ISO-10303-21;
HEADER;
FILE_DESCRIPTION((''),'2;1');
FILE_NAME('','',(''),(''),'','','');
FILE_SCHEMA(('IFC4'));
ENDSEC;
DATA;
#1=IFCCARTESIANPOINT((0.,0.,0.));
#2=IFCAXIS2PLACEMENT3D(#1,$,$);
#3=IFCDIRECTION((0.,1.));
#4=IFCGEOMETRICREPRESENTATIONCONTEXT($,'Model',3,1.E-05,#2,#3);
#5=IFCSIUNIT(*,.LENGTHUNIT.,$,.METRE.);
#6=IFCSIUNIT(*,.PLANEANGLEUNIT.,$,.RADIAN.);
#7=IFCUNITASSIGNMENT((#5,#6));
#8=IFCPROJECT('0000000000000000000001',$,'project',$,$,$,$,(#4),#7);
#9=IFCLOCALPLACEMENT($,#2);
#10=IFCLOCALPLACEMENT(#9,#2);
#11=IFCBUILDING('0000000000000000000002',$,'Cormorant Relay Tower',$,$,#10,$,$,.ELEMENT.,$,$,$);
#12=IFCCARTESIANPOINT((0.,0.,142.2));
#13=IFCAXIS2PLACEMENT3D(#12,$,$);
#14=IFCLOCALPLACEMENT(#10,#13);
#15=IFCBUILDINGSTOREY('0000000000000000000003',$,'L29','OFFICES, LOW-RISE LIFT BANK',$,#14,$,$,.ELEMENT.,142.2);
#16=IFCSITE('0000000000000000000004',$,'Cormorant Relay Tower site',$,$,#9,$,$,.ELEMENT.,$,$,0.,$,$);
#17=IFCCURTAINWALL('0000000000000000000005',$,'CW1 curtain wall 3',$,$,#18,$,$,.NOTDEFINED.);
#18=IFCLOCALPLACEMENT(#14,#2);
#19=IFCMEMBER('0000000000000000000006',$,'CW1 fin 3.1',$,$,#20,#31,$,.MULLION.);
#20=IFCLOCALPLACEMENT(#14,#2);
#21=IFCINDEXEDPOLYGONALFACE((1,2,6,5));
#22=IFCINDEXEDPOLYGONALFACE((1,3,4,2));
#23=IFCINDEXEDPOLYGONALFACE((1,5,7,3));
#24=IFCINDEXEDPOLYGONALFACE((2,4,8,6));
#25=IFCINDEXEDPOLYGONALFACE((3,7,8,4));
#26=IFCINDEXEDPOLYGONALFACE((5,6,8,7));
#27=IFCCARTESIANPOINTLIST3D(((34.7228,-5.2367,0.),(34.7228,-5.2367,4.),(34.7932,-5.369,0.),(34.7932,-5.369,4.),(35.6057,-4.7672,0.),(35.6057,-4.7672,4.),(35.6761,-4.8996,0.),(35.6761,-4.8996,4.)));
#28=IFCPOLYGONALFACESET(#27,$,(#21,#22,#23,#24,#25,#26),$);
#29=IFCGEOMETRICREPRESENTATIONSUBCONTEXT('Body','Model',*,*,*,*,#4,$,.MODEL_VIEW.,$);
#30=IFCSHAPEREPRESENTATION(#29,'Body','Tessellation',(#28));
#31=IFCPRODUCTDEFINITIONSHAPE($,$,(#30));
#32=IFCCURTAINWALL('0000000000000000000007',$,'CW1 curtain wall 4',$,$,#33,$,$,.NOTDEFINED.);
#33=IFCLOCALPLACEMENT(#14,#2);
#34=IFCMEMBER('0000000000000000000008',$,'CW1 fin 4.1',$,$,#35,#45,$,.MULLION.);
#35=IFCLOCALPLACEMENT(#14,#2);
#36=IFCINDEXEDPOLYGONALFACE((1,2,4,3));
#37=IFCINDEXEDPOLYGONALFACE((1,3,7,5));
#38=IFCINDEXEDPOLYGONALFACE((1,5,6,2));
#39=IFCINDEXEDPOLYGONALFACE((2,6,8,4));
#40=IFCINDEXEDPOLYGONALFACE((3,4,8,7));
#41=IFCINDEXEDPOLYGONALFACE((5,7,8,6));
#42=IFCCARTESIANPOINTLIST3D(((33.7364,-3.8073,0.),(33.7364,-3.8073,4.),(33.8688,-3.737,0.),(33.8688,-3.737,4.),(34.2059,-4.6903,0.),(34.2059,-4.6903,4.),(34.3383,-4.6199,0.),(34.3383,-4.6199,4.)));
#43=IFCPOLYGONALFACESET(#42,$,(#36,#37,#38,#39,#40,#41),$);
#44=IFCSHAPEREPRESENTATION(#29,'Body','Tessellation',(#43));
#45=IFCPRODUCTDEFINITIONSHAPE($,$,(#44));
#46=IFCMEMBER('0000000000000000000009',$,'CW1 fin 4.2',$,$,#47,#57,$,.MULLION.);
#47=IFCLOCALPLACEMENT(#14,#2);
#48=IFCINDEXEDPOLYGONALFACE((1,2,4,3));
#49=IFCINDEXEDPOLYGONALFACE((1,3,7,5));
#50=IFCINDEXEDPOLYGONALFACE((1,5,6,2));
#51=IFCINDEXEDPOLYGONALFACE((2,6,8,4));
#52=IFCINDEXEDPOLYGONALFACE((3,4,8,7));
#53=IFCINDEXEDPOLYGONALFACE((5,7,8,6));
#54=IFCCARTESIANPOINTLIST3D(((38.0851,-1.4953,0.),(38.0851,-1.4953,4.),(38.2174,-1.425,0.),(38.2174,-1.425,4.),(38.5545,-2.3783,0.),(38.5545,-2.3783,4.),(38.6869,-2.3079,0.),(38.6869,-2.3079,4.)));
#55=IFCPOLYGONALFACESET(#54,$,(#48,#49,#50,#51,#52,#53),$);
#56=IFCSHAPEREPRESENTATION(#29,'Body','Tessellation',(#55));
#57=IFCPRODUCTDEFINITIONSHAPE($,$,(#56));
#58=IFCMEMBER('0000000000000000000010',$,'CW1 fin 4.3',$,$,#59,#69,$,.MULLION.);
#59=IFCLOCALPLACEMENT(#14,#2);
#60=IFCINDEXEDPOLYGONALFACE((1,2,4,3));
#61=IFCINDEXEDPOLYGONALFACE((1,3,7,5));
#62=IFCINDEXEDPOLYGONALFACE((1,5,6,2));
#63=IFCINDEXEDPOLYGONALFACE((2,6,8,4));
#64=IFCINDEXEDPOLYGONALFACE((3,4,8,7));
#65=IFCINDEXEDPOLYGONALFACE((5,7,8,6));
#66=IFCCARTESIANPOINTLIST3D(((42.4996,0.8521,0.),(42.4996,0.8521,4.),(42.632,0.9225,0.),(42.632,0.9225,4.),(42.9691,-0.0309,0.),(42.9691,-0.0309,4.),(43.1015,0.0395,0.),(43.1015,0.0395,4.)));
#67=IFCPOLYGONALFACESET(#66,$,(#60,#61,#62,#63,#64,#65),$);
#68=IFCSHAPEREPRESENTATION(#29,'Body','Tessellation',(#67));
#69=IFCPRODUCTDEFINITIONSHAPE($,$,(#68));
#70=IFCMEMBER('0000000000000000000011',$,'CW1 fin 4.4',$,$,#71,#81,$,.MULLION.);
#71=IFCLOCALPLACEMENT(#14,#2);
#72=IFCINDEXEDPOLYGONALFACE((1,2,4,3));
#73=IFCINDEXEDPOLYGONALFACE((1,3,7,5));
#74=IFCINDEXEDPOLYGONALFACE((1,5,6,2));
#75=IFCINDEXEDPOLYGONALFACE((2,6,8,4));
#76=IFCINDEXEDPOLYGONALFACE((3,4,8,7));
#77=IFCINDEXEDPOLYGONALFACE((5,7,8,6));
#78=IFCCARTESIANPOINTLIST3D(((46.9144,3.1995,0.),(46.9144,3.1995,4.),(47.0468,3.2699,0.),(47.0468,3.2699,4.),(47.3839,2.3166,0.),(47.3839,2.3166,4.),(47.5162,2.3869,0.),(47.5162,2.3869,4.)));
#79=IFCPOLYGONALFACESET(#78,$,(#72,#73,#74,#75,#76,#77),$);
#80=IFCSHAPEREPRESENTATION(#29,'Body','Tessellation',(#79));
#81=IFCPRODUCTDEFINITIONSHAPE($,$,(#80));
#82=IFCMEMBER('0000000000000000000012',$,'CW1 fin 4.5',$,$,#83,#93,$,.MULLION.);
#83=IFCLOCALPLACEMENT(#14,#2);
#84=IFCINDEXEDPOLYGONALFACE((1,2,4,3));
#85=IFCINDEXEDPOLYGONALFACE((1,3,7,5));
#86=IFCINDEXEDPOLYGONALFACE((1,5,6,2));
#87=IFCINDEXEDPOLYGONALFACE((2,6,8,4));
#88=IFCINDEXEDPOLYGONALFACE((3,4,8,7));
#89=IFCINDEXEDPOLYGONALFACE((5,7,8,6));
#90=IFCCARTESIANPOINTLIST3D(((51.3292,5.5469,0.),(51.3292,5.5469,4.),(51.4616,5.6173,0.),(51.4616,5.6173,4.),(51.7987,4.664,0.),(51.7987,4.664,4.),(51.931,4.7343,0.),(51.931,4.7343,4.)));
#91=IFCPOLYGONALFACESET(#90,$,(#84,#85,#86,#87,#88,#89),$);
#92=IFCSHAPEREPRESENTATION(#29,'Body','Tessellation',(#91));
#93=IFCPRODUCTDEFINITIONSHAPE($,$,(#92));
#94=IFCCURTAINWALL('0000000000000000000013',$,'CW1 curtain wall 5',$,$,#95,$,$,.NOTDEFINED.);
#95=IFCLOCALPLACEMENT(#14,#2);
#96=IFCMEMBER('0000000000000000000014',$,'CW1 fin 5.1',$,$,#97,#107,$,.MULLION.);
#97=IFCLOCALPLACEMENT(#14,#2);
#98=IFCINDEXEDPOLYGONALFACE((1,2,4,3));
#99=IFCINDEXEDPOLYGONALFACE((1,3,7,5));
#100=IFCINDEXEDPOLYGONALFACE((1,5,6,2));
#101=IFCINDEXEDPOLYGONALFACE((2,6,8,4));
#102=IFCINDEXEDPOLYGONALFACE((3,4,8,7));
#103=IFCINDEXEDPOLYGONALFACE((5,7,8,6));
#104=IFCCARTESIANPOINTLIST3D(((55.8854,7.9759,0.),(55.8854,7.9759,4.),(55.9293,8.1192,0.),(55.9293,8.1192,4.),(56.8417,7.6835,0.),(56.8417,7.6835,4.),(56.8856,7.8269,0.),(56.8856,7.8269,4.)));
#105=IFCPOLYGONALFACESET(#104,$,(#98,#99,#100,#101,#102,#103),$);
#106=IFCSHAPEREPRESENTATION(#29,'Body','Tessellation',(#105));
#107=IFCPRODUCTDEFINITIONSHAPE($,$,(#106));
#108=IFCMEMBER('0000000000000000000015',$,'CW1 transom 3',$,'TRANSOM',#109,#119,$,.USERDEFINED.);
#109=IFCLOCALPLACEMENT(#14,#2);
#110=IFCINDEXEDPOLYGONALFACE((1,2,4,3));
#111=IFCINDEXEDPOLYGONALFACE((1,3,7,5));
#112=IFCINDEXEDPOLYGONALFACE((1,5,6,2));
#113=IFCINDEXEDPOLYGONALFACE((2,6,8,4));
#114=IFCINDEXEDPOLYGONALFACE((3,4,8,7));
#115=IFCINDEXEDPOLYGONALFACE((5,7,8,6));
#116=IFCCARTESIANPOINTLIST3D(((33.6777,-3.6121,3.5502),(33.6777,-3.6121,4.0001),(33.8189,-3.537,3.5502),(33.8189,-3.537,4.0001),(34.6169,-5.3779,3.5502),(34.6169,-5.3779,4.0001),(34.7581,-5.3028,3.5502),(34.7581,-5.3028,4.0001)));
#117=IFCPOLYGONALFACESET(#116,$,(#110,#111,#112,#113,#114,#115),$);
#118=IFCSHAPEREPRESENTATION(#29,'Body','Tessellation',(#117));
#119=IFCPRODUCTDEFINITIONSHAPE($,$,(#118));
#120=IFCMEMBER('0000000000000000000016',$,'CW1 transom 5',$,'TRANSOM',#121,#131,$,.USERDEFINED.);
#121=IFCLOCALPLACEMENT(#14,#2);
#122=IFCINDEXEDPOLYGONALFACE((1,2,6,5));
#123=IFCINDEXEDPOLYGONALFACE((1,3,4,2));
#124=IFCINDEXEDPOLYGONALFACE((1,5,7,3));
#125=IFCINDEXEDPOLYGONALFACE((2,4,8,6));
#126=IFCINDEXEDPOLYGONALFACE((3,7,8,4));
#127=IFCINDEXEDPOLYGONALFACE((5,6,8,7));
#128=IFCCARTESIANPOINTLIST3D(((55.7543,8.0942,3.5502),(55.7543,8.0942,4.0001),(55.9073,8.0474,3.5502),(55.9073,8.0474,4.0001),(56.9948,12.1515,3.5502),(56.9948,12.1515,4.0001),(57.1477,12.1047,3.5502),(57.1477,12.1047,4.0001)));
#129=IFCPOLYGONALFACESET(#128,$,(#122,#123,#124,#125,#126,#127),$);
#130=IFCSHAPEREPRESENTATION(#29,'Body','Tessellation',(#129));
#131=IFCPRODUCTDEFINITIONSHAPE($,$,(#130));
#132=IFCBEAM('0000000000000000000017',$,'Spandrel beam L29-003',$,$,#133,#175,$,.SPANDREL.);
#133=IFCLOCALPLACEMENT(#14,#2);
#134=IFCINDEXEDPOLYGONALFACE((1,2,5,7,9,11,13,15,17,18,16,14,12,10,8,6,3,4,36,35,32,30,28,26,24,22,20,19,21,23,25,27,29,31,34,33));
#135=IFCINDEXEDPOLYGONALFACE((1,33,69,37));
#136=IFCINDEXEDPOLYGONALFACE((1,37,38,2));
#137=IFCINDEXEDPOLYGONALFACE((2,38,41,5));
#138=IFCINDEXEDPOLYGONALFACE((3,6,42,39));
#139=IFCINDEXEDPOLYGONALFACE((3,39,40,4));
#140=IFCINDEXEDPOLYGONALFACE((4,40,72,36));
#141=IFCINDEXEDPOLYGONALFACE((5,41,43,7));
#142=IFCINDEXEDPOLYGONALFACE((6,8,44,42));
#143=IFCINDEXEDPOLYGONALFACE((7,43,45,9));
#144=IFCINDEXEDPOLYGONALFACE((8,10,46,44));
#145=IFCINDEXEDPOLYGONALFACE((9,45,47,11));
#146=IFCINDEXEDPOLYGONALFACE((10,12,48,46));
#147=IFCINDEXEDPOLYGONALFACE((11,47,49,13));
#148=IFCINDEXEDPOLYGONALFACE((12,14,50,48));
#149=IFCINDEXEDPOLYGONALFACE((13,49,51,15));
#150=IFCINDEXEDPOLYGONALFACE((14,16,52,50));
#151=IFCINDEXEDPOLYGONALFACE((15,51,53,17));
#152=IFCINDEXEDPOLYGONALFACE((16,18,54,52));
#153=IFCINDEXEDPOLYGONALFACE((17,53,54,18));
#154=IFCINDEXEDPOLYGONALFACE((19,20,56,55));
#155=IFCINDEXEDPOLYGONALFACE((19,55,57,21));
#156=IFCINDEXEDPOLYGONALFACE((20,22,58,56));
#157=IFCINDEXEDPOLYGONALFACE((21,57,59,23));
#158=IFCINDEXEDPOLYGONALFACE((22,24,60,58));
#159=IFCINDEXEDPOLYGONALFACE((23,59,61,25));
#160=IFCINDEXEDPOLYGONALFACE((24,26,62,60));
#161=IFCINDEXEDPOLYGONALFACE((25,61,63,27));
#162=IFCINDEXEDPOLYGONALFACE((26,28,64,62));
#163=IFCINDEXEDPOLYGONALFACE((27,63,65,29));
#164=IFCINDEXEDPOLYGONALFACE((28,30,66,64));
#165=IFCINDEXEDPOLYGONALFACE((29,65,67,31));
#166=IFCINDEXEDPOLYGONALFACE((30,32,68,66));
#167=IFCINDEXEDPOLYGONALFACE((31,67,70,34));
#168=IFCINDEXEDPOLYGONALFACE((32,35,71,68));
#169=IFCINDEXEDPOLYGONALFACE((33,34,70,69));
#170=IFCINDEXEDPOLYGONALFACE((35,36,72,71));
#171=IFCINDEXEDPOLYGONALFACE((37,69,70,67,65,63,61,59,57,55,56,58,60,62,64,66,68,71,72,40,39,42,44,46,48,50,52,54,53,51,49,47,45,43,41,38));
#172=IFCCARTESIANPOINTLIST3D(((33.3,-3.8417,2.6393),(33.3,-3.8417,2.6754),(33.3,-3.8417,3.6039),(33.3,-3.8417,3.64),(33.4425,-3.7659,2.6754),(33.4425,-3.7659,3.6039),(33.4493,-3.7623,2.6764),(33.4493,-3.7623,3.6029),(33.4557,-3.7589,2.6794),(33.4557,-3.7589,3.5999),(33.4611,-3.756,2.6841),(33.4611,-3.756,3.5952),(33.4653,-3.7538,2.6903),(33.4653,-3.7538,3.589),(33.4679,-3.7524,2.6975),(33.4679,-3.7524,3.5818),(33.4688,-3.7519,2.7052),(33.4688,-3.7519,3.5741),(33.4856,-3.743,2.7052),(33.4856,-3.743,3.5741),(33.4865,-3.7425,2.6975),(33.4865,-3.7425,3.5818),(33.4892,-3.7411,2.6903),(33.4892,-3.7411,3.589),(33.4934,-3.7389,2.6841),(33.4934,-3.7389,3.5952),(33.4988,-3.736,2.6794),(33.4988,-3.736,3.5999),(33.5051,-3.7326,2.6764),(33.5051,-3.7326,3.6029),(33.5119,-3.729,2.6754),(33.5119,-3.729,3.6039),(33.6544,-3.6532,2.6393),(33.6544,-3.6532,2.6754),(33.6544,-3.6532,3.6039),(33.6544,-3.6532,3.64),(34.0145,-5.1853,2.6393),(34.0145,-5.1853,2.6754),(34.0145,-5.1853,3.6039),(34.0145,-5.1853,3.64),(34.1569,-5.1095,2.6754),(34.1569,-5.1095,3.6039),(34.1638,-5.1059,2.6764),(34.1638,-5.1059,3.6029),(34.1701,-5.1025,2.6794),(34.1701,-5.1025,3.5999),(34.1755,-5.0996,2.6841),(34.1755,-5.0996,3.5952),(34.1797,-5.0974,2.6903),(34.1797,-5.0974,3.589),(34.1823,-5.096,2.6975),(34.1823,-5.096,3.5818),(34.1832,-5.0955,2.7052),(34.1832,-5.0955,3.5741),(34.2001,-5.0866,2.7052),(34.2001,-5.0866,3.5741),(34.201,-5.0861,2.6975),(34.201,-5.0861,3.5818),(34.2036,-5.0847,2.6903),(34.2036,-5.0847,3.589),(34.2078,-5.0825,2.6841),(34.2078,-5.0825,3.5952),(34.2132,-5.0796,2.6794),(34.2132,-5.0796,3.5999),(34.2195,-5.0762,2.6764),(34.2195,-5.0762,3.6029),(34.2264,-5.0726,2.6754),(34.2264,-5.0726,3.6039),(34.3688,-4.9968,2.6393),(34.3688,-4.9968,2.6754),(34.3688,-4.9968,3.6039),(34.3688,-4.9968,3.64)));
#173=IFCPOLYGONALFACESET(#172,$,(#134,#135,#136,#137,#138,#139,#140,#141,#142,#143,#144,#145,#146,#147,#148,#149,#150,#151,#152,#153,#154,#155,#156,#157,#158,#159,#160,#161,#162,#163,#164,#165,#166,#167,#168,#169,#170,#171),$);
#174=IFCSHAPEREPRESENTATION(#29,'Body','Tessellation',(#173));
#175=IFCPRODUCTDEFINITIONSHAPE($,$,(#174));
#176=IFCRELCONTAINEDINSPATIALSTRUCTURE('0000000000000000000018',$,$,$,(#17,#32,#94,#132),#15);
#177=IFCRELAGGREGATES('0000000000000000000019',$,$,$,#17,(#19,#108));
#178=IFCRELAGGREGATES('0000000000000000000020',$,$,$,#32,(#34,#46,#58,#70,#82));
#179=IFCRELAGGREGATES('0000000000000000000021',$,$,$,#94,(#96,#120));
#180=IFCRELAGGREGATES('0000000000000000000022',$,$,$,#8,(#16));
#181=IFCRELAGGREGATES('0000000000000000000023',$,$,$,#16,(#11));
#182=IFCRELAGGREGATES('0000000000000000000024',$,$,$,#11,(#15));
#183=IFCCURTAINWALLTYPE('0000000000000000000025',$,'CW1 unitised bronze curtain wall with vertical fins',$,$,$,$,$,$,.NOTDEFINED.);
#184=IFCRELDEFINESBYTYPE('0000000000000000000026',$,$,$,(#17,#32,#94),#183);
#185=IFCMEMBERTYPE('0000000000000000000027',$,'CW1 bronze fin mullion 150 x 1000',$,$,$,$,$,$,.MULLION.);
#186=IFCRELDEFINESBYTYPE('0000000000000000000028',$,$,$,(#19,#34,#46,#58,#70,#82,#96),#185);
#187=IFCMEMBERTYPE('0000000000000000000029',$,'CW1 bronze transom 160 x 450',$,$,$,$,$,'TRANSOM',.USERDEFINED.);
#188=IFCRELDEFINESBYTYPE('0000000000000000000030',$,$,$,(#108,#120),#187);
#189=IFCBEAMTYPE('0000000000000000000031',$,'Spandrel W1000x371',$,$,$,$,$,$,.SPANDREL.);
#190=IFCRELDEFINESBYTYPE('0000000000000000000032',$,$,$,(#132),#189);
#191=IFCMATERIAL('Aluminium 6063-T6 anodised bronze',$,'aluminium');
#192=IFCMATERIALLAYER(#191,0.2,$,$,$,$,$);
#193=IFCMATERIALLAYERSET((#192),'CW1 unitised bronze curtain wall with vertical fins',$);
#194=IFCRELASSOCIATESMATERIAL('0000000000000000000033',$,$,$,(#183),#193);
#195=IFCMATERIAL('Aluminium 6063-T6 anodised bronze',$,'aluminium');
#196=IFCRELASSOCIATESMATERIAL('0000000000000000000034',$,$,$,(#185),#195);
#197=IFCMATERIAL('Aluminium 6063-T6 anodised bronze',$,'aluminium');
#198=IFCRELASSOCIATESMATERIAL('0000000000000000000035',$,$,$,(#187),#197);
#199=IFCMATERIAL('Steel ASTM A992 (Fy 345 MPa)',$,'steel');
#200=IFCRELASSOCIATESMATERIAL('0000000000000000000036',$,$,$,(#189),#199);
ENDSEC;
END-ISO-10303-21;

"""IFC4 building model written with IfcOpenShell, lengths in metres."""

from ifc_helpers import new_model, si_unit, direction, frame, origin, origin_2d, place, context, subcontext, project, spatial, rectangle, i_section, extrude, material, layer, layer_set, material_profile, profile_set, type_object, element, aggregate, save


model = new_model("IFC4")

# Units and contexts
model_context = context("Model", 3, precision=1e-05, world=origin(), true_north=direction((0.0, 1.0)))
body_context = subcontext(model_context, "Body", "Model", "MODEL_VIEW")
ifc_project = project(units=[si_unit("LENGTHUNIT", "METRE"), si_unit("PLANEANGLEUNIT", "RADIAN")], contexts=[model_context])

# Site, building, storey
site_placement = place(None, origin())
site = spatial("IfcSite", under=ifc_project, at=site_placement, Name="Cormorant Relay Tower site", CompositionType="ELEMENT", RefElevation=0.0)
building_placement = place(site_placement, origin())
building = spatial("IfcBuilding", under=site, at=building_placement, Name="Cormorant Relay Tower", CompositionType="ELEMENT")
storey_placement = place(building_placement, frame((0.0, 0.0, 142.2)))
storey = spatial("IfcBuildingStorey", under=building, at=storey_placement, Name="L29", Description="OFFICES, LOW-RISE LIFT BANK", CompositionType="ELEMENT", Elevation=142.2)

# Curtain wall, member
ifc_material_1 = material(Name="Aluminium 6063-T6 anodised bronze", Category="aluminium")
ifc_layer_1 = layer(ifc_material_1, 0.2)
ifc_layer_set_1 = layer_set([ifc_layer_1], Name="CW1 unitised bronze curtain wall with vertical fins")
curtain_wall_type = type_object("IfcCurtainWallType", Name="CW1 unitised bronze curtain wall with vertical fins", PredefinedType="NOTDEFINED", material=ifc_layer_set_1)
curtain_wall_1_placement = place(storey_placement, origin())
curtain_wall_1 = element("IfcCurtainWall", 1, at=curtain_wall_1_placement, inside=storey, type_object=curtain_wall_type, Name="CW1 curtain wall 3", PredefinedType="NOTDEFINED")
ifc_material_2 = material(Name="Aluminium 6063-T6 anodised bronze", Category="aluminium")
ifc_material_profile_1 = material_profile(ifc_material_2, rectangle(XDim=0.1499, YDim=1.0, at=origin_2d()), Name="AL 150x1000")
ifc_profile_set_1 = profile_set([ifc_material_profile_1], Name="Aluminium 6063-T6 anodised bronze")
member_type_1 = type_object("IfcMemberType", Name="CW1 bronze fin mullion 150 x 1000", PredefinedType="MULLION", material=ifc_profile_set_1)
member_1_placement = place(storey_placement, frame((35.1995, -5.0681, 0.0), z_axis=(0.0, 0.0, 1.0), x_axis=(-0.469472, 0.882948, 0.0)))
member_1 = element("IfcMember", 2, at=member_1_placement, type_object=member_type_1, Name="CW1 fin 3.1", PredefinedType="MULLION", context=body_context, shape_type="SweptSolid", body=[
    extrude(rectangle(XDim=0.1499, YDim=1.0, at=origin_2d()), origin(), (0.0, 0.0, 1.0), 4.0),
])

# Curtain wall, members
curtain_wall_2_placement = place(storey_placement, origin())
curtain_wall_2 = element("IfcCurtainWall", 3, at=curtain_wall_2_placement, inside=storey, type_object=curtain_wall_type, Name="CW1 curtain wall 4", PredefinedType="NOTDEFINED")
member_2_placement = place(storey_placement, frame((34.0374, -4.2136, 0.0), z_axis=(0.0, 0.0, 1.0), x_axis=(0.882948, 0.469472, 0.0)))
member_2 = element("IfcMember", 4, at=member_2_placement, type_object=member_type_1, Name="CW1 fin 4.1", PredefinedType="MULLION", context=body_context, shape_type="SweptSolid", body=[
    extrude(rectangle(XDim=0.1499, YDim=1.0, at=origin_2d()), origin(), (0.0, 0.0, 1.0), 4.0),
])
member_3_placement = place(storey_placement, frame((38.386, -1.9016, 0.0), z_axis=(0.0, 0.0, 1.0), x_axis=(0.882948, 0.469472, 0.0)))
member_3 = element("IfcMember", 5, at=member_3_placement, type_object=member_type_1, Name="CW1 fin 4.2", PredefinedType="MULLION", context=body_context, shape_type="SweptSolid", body=[
    extrude(rectangle(XDim=0.1499, YDim=1.0, at=origin_2d()), origin(), (0.0, 0.0, 1.0), 4.0),
])
member_4_placement = place(storey_placement, frame((42.8005, 0.4458, 0.0), z_axis=(0.0, 0.0, 1.0), x_axis=(0.882948, 0.469472, 0.0)))
member_4 = element("IfcMember", 6, at=member_4_placement, type_object=member_type_1, Name="CW1 fin 4.3", PredefinedType="MULLION", context=body_context, shape_type="SweptSolid", body=[
    extrude(rectangle(XDim=0.1499, YDim=1.0, at=origin_2d()), origin(), (0.0, 0.0, 1.0), 4.0),
])
member_5_placement = place(storey_placement, frame((47.2153, 2.7932, 0.0), z_axis=(0.0, 0.0, 1.0), x_axis=(0.882948, 0.469472, 0.0)))
member_5 = element("IfcMember", 7, at=member_5_placement, type_object=member_type_1, Name="CW1 fin 4.4", PredefinedType="MULLION", context=body_context, shape_type="SweptSolid", body=[
    extrude(rectangle(XDim=0.1499, YDim=1.0, at=origin_2d()), origin(), (0.0, 0.0, 1.0), 4.0),
])
member_6_placement = place(storey_placement, frame((51.6301, 5.1406, 0.0), z_axis=(0.0, 0.0, 1.0), x_axis=(0.882948, 0.469472, 0.0)))
member_6 = element("IfcMember", 8, at=member_6_placement, type_object=member_type_1, Name="CW1 fin 4.5", PredefinedType="MULLION", context=body_context, shape_type="SweptSolid", body=[
    extrude(rectangle(XDim=0.1499, YDim=1.0, at=origin_2d()), origin(), (0.0, 0.0, 1.0), 4.0),
])

# Curtain wall, member
curtain_wall_3_placement = place(storey_placement, origin())
curtain_wall_3 = element("IfcCurtainWall", 9, at=curtain_wall_3_placement, inside=storey, type_object=curtain_wall_type, Name="CW1 curtain wall 5", PredefinedType="NOTDEFINED")
member_7_placement = place(storey_placement, frame((56.3855, 7.9014, 0.0), z_axis=(0.0, 0.0, 1.0), x_axis=(0.292372, 0.956305, 0.0)))
member_7 = element("IfcMember", 10, at=member_7_placement, type_object=member_type_1, Name="CW1 fin 5.1", PredefinedType="MULLION", context=body_context, shape_type="SweptSolid", body=[
    extrude(rectangle(XDim=0.1499, YDim=1.0, at=origin_2d()), origin(), (0.0, 0.0, 1.0), 4.0),
])

# Members
ifc_material_3 = material(Name="Aluminium 6063-T6 anodised bronze", Category="aluminium")
ifc_material_profile_2 = material_profile(ifc_material_3, rectangle(XDim=0.1599, YDim=0.45, at=origin_2d()), Name="AL 160x450")
ifc_profile_set_2 = profile_set([ifc_material_profile_2], Name="Aluminium 6063-T6 anodised bronze")
member_type_2 = type_object("IfcMemberType", Name="CW1 bronze transom 160 x 450", ElementType="TRANSOM", PredefinedType="USERDEFINED", material=ifc_profile_set_2)
member_8_placement = place(storey_placement, frame((34.6875, -5.3403, 3.7751), z_axis=(-0.469581, 0.88289, 0.0), x_axis=(-0.88289, -0.469581, 0.0)))
member_8 = element("IfcMember", 11, at=member_8_placement, type_object=member_type_2, Name="CW1 transom 3", ObjectType="TRANSOM", PredefinedType="USERDEFINED", context=body_context, shape_type="SweptSolid", body=[
    extrude(rectangle(XDim=0.1599, YDim=0.45, at=origin_2d()), origin(), (0.0, 0.0, 1.0), 2.0),
])
member_9_placement = place(storey_placement, frame((55.8308, 8.0708, 3.7751), z_axis=(0.292375, 0.956304, 0.0), x_axis=(-0.956304, 0.292375, 0.0)))
member_9 = element("IfcMember", 12, at=member_9_placement, type_object=member_type_2, Name="CW1 transom 5", ObjectType="TRANSOM", PredefinedType="USERDEFINED", context=body_context, shape_type="SweptSolid", body=[
    extrude(rectangle(XDim=0.1599, YDim=0.45, at=origin_2d()), origin(), (0.0, 0.0, 1.0), 4.2427),
])

# Beam
ifc_material_4 = material(Name="Steel ASTM A992 (Fy 345 MPa)", Category="steel")
ifc_material_profile_3 = material_profile(ifc_material_4, i_section(OverallWidth=0.4014, OverallDepth=1.0007, WebThickness=0.019, FlangeThickness=0.0361, FilletRadius=0.0298, at=origin_2d()), Name="W1000x371")
ifc_profile_set_3 = profile_set([ifc_material_profile_3], Name="Steel ASTM A992 (Fy 345 MPa)")
beam_type = type_object("IfcBeamType", Name="Spandrel W1000x371", PredefinedType="SPANDREL", material=ifc_profile_set_3)
beam_1_placement = place(storey_placement, frame((34.1917, -5.0911, 3.1396), z_axis=(-0.469472, 0.882947, 0.0), x_axis=(-0.882947, -0.469472, 0.0)))
element("IfcBeam", 13, at=beam_1_placement, inside=storey, type_object=beam_type, Name="Spandrel beam L29-003", PredefinedType="SPANDREL", context=body_context, shape_type="SweptSolid", body=[
    extrude(i_section(OverallWidth=0.4014, OverallDepth=1.0007, WebThickness=0.019, FlangeThickness=0.0361, FilletRadius=0.0298, at=origin_2d()), origin(), (0.0, 0.0, 1.0), 1.5217),
])

aggregate(curtain_wall_1, [member_1, member_8])
aggregate(curtain_wall_2, [member_2, member_3, member_4, member_5, member_6])
aggregate(curtain_wall_3, [member_7, member_9])

save(model, "model.ifc")
